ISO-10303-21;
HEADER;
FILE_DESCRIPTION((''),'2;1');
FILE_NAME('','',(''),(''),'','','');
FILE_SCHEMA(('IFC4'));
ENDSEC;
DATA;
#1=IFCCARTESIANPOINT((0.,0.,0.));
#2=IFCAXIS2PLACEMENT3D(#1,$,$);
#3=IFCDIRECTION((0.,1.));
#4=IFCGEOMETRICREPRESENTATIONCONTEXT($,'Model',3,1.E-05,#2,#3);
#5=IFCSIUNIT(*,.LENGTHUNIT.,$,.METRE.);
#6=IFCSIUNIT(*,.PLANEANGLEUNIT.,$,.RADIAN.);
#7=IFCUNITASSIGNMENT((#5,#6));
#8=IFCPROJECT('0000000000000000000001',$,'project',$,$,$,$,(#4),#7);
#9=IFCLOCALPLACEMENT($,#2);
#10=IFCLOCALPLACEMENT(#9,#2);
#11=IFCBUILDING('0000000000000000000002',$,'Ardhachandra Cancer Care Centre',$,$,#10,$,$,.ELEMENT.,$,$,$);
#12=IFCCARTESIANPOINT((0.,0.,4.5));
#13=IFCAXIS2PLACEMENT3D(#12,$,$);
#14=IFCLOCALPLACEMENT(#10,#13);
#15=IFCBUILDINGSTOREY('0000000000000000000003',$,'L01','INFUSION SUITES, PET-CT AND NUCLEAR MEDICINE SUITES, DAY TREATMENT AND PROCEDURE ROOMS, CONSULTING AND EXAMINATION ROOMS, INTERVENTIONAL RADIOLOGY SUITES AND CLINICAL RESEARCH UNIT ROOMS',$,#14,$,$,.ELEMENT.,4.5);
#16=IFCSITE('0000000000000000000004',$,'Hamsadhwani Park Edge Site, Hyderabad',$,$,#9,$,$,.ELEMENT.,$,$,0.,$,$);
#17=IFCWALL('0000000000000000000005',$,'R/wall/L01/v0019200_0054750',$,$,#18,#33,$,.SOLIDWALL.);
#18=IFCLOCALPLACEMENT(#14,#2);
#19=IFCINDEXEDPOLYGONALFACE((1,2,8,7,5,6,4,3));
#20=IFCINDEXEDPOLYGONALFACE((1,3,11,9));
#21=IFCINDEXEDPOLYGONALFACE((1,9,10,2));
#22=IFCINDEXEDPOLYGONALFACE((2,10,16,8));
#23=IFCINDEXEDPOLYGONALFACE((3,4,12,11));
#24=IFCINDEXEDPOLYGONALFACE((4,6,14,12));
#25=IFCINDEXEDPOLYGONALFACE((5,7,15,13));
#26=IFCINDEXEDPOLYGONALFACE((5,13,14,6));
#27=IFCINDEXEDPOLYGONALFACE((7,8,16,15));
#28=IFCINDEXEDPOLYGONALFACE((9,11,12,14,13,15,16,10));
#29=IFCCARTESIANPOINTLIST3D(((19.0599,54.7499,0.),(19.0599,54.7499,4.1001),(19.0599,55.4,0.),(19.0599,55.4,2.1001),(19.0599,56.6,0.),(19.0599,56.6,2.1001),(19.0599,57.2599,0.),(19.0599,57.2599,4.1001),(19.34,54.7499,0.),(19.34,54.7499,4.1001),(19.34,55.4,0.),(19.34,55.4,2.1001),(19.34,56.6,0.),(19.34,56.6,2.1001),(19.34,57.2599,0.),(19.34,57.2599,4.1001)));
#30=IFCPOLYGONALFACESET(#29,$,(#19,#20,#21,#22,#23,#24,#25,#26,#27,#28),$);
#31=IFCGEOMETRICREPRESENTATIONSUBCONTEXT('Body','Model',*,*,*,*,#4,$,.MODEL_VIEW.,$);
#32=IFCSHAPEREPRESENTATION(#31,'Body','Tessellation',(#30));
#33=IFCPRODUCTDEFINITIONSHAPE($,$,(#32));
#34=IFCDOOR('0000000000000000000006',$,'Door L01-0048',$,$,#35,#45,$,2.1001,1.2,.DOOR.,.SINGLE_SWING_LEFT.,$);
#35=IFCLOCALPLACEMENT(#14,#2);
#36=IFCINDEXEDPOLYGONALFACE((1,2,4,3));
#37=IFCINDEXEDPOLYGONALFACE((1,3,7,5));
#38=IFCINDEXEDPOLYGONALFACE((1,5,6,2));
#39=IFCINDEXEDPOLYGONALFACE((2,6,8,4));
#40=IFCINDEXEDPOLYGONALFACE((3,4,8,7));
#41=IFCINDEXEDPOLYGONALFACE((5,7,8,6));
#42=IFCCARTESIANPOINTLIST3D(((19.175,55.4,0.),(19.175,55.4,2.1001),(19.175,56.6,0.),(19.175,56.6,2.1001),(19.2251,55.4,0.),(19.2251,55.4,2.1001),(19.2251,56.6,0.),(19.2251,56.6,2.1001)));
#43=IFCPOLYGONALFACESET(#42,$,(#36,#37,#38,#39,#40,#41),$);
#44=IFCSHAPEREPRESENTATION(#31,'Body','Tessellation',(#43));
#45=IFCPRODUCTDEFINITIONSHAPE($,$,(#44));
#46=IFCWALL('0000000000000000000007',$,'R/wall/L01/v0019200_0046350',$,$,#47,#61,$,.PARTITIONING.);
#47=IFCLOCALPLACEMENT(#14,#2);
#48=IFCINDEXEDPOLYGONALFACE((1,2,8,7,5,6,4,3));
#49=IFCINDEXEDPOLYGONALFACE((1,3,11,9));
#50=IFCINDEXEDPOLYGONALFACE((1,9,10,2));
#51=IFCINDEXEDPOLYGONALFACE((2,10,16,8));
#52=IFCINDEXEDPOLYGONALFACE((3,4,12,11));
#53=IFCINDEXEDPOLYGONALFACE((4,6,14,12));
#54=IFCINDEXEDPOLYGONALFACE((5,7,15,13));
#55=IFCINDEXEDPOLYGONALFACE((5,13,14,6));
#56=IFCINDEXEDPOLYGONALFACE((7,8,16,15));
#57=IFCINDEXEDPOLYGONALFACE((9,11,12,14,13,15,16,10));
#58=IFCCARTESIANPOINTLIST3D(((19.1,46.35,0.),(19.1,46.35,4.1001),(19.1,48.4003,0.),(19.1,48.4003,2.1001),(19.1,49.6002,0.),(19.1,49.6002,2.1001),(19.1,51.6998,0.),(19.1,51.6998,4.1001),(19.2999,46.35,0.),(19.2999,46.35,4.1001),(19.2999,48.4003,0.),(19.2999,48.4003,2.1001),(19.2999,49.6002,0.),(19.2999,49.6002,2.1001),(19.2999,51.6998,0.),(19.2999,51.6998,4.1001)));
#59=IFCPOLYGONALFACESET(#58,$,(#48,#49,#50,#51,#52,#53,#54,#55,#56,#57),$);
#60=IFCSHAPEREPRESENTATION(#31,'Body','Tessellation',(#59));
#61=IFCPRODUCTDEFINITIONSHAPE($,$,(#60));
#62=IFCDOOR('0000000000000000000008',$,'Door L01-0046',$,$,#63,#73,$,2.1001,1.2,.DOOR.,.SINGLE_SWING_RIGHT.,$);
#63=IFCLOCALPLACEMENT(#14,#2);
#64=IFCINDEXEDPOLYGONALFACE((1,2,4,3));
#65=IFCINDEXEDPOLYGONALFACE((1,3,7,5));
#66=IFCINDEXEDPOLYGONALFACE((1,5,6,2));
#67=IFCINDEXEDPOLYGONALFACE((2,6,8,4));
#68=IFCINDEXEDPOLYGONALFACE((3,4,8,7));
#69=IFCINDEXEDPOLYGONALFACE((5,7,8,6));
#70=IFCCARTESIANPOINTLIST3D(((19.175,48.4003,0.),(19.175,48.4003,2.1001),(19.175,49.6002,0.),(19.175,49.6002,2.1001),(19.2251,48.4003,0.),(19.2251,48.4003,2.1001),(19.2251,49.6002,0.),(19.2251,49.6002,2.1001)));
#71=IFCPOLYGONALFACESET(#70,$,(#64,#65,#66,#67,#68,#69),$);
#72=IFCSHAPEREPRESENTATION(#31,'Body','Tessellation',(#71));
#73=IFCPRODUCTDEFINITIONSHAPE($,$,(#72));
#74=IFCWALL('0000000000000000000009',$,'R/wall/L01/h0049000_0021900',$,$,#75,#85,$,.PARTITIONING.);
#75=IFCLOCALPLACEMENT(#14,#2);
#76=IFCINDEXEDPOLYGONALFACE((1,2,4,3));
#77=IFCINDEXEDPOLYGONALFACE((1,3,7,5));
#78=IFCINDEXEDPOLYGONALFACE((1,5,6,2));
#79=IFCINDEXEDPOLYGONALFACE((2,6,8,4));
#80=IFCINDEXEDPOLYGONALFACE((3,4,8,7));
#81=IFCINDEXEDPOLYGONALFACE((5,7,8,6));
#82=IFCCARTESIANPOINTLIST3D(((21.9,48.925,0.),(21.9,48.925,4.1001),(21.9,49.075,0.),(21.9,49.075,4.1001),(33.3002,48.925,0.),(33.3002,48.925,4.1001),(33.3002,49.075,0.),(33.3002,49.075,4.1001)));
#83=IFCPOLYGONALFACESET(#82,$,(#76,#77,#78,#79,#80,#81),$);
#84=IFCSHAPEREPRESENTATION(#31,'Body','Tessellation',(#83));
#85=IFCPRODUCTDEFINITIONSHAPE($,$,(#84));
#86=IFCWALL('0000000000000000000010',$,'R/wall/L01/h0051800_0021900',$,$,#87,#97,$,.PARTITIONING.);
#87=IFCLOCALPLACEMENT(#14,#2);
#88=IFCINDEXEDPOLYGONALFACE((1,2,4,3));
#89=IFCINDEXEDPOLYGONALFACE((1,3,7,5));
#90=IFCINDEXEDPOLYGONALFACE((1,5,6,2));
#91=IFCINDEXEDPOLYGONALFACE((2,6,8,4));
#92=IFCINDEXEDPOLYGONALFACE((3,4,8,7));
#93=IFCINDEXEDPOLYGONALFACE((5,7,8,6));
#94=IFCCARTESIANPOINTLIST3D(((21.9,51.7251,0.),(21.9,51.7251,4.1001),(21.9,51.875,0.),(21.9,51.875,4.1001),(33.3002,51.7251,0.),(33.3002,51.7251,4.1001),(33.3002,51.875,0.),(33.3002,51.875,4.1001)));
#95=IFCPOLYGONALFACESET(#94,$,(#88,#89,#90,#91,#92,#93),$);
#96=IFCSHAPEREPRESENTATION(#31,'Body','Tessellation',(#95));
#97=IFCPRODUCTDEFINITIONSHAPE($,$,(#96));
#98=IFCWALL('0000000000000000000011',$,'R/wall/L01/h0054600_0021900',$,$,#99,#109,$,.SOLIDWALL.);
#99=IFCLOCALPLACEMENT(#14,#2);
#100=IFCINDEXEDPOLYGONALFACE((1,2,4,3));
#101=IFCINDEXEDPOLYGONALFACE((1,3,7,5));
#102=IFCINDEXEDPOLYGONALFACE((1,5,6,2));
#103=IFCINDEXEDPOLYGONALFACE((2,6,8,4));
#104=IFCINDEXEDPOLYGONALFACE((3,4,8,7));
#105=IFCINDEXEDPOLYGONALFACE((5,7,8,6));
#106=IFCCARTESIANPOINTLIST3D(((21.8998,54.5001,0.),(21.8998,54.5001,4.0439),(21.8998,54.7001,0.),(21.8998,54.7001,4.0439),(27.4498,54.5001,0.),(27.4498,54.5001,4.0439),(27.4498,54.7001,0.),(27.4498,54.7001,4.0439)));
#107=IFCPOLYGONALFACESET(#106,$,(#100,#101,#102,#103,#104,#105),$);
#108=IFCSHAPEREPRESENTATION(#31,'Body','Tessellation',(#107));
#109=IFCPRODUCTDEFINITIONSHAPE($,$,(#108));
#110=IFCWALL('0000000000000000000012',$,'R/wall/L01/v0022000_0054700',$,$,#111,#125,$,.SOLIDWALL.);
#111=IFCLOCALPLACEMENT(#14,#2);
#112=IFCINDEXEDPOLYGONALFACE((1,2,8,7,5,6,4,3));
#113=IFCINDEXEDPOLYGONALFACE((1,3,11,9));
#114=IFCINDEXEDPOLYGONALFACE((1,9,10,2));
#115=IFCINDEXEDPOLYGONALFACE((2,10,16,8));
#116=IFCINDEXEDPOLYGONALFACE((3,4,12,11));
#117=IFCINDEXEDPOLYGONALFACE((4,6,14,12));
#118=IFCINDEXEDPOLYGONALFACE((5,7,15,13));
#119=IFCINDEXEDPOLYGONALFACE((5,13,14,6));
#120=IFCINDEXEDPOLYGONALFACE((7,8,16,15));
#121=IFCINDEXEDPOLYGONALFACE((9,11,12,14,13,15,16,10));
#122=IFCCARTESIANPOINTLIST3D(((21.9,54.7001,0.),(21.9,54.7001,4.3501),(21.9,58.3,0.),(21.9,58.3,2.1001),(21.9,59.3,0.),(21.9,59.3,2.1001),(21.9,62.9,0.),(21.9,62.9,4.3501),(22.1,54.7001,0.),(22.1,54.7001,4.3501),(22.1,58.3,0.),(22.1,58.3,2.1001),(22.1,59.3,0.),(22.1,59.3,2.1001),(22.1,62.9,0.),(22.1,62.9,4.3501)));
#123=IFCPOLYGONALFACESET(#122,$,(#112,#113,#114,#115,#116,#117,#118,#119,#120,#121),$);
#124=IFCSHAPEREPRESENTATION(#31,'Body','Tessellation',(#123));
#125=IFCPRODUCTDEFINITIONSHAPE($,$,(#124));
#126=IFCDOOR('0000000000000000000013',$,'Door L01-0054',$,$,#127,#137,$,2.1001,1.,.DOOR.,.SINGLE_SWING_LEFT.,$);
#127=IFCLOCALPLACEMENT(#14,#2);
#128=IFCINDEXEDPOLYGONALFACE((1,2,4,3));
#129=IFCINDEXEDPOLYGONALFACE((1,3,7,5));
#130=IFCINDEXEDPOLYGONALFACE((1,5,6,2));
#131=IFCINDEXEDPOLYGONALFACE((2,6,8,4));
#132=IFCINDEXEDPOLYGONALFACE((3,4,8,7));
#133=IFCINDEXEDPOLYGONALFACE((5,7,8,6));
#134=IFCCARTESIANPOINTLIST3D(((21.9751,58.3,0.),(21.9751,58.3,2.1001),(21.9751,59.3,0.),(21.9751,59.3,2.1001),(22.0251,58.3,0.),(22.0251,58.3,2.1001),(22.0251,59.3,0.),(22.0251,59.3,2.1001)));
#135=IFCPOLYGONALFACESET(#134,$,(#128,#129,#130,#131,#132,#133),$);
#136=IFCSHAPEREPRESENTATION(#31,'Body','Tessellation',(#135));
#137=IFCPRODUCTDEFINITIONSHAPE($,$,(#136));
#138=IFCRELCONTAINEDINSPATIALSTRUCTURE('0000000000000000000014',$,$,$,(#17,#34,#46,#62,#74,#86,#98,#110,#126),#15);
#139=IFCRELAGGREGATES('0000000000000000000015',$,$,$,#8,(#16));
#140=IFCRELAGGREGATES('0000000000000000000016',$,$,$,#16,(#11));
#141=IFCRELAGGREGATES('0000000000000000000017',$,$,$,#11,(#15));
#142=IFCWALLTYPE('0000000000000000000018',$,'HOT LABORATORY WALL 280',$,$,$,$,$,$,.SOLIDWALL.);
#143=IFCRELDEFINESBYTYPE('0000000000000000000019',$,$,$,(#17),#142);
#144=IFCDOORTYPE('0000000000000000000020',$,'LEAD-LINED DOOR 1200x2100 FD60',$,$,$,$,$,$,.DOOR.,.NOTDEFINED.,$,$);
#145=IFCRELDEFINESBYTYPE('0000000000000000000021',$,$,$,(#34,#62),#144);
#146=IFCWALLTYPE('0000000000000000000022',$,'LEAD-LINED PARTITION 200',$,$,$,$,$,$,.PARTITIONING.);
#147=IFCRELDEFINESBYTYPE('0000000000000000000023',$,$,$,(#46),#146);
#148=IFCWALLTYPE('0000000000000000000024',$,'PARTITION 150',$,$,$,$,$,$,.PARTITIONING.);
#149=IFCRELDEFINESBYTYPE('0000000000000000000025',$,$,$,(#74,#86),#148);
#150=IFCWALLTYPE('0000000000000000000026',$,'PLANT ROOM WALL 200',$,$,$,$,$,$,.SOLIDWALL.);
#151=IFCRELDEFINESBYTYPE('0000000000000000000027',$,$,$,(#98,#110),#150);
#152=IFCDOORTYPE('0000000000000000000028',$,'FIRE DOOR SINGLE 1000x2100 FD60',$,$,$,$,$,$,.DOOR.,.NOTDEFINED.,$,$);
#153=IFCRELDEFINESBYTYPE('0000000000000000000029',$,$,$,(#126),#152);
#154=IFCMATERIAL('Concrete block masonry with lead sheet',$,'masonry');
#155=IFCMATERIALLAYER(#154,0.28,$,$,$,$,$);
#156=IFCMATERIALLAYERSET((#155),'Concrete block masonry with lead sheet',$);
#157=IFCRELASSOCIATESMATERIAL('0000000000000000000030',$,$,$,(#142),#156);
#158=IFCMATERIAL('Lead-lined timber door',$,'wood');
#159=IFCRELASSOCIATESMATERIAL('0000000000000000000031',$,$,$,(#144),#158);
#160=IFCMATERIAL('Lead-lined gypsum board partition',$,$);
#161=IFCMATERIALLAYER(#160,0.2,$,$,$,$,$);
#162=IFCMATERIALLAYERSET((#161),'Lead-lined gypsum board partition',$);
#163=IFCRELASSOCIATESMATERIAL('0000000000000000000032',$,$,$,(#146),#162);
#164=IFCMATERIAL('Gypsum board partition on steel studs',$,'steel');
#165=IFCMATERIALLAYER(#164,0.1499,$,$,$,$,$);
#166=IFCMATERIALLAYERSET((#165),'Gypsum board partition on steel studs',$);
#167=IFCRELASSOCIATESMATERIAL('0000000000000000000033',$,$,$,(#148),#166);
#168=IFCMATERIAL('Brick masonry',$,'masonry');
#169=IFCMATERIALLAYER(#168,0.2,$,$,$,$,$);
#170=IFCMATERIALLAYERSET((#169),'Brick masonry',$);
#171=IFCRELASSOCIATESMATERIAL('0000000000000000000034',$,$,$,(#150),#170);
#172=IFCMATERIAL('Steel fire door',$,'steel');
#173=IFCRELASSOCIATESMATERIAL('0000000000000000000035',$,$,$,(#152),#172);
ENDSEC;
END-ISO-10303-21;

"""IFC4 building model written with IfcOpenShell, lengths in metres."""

from ifc_helpers import new_model, si_unit, direction, frame, frame_2d, origin, place, context, subcontext, project, spatial, rectangle, extrude, material, layer, layer_set, type_object, element, fill, save


model = new_model("IFC4")

# Units and contexts
model_context = context("Model", 3, precision=1e-05, world=origin(), true_north=direction((0.0, 1.0)))
body_context = subcontext(model_context, "Body", "Model", "MODEL_VIEW")
ifc_project = project(units=[si_unit("LENGTHUNIT", "METRE"), si_unit("PLANEANGLEUNIT", "RADIAN")], contexts=[model_context])

# Site, building, storey
site_placement = place(None, origin())
site = spatial("IfcSite", under=ifc_project, at=site_placement, Name="Hamsadhwani Park Edge Site, Hyderabad", CompositionType="ELEMENT", RefElevation=0.0)
building_placement = place(site_placement, origin())
building = spatial("IfcBuilding", under=site, at=building_placement, Name="Ardhachandra Cancer Care Centre", CompositionType="ELEMENT")
storey_placement = place(building_placement, frame((0.0, 0.0, 4.5)))
storey = spatial("IfcBuildingStorey", under=building, at=storey_placement, Name="L01", Description="INFUSION SUITES, PET-CT AND NUCLEAR MEDICINE SUITES, DAY TREATMENT AND PROCEDURE ROOMS, CONSULTING AND EXAMINATION ROOMS, INTERVENTIONAL RADIOLOGY SUITES AND CLINICAL RESEARCH UNIT ROOMS", CompositionType="ELEMENT", Elevation=4.5)

# Walls, openings, doors
ifc_material_1 = material(Name="Concrete block masonry with lead sheet", Category="masonry")
ifc_layer_1 = layer(ifc_material_1, 0.28)
ifc_layer_set_1 = layer_set([ifc_layer_1], Name="Concrete block masonry with lead sheet")
wall_type_1 = type_object("IfcWallType", Name="HOT LABORATORY WALL 280", PredefinedType="SOLIDWALL", material=ifc_layer_set_1)
wall_1_placement = place(storey_placement, frame((19.2, 54.75, 0.0), z_axis=(0.0, 0.0, 1.0), x_axis=(0.0, 1.0, 0.0)))
wall_1 = element("IfcWall", 1, at=wall_1_placement, inside=storey, type_object=wall_type_1, Name="R/wall/L01/v0019200_0054750", PredefinedType="SOLIDWALL", context=body_context, shape_type="SweptSolid", body=[
    extrude(rectangle(XDim=2.51, YDim=0.28, at=frame_2d((1.2549, 0.0))), origin(), (0.0, 0.0, 1.0), 4.1001),
])
opening_1_placement = place(wall_1_placement, frame((0.6499, 0.0, 0.0)))
opening_1 = element("IfcOpeningElement", 2, at=opening_1_placement, cuts=wall_1, PredefinedType="OPENING", context=body_context, shape_type="SweptSolid", body=[
    extrude(rectangle(XDim=1.2, YDim=2.1001, at=frame_2d((0.6001, 1.05))), frame((0.0, 0.1499, 0.0), z_axis=(0.0, -1.0, 0.0), x_axis=(1.0, 0.0, 0.0)), (0.0, 0.0, 1.0), 0.3),
])
ifc_material_2 = material(Name="Lead-lined timber door", Category="wood")
door_type_1 = type_object("IfcDoorType", Name="LEAD-LINED DOOR 1200x2100 FD60", OperationType="NOTDEFINED", PredefinedType="DOOR", material=ifc_material_2)
door_1_placement = place(opening_1_placement, origin())
door_1 = element("IfcDoor", 3, at=door_1_placement, inside=storey, type_object=door_type_1, Name="Door L01-0048", OperationType="SINGLE_SWING_LEFT", OverallHeight=2.1001, OverallWidth=1.2, PredefinedType="DOOR", context=body_context, shape_type="SweptSolid", body=[
    extrude(rectangle(XDim=1.2, YDim=2.1001, at=frame_2d((0.6001, 1.05))), frame((0.0, 0.0249, 0.0), z_axis=(0.0, -1.0, 0.0), x_axis=(1.0, 0.0, 0.0)), (0.0, 0.0, 1.0), 0.05),
])
fill(opening_1, door_1)
ifc_material_3 = material(Name="Lead-lined gypsum board partition")
ifc_layer_2 = layer(ifc_material_3, 0.2)
ifc_layer_set_2 = layer_set([ifc_layer_2], Name="Lead-lined gypsum board partition")
wall_type_2 = type_object("IfcWallType", Name="LEAD-LINED PARTITION 200", PredefinedType="PARTITIONING", material=ifc_layer_set_2)
wall_2_placement = place(storey_placement, frame((19.2, 46.3501, 0.0), z_axis=(0.0, 0.0, 1.0), x_axis=(0.0, 1.0, 0.0)))
wall_2 = element("IfcWall", 4, at=wall_2_placement, inside=storey, type_object=wall_type_2, Name="R/wall/L01/v0019200_0046350", PredefinedType="PARTITIONING", context=body_context, shape_type="SweptSolid", body=[
    extrude(rectangle(XDim=5.3499, YDim=0.2, at=frame_2d((2.6748, 0.0))), origin(), (0.0, 0.0, 1.0), 4.1001),
])
opening_2_placement = place(wall_2_placement, frame((2.05, 0.0, 0.0)))
opening_2 = element("IfcOpeningElement", 5, at=opening_2_placement, cuts=wall_2, PredefinedType="OPENING", context=body_context, shape_type="SweptSolid", body=[
    extrude(rectangle(XDim=1.2, YDim=2.1001, at=frame_2d((0.6001, 1.05))), frame((0.0, 0.1099, 0.0), z_axis=(0.0, -1.0, 0.0), x_axis=(1.0, 0.0, 0.0)), (0.0, 0.0, 1.0), 0.22),
])
door_2_placement = place(opening_2_placement, origin())
door_2 = element("IfcDoor", 6, at=door_2_placement, inside=storey, type_object=door_type_1, Name="Door L01-0046", OperationType="SINGLE_SWING_RIGHT", OverallHeight=2.1001, OverallWidth=1.2, PredefinedType="DOOR", context=body_context, shape_type="SweptSolid", body=[
    extrude(rectangle(XDim=1.2, YDim=2.1001, at=frame_2d((0.6001, 1.05))), frame((0.0, 0.0249, 0.0), z_axis=(0.0, -1.0, 0.0), x_axis=(1.0, 0.0, 0.0)), (0.0, 0.0, 1.0), 0.05),
])
fill(opening_2, door_2)

# Walls
ifc_material_4 = material(Name="Gypsum board partition on steel studs", Category="steel")
ifc_layer_3 = layer(ifc_material_4, 0.1499)
ifc_layer_set_3 = layer_set([ifc_layer_3], Name="Gypsum board partition on steel studs")
wall_type_3 = type_object("IfcWallType", Name="PARTITION 150", PredefinedType="PARTITIONING", material=ifc_layer_set_3)
for number, where, z_axis, x_axis, name in (
    (7, (21.8999, 49.0, 0.0), (0.0, 0.0, 1.0), (1.0, 0.0, 0.0), "R/wall/L01/h0049000_0021900"),
    (8, (21.8999, 51.8, 0.0), (0.0, 0.0, 1.0), (1.0, 0.0, 0.0), "R/wall/L01/h0051800_0021900"),
):
    element("IfcWall", number, at=place(storey_placement, frame(where, z_axis=z_axis, x_axis=x_axis)), inside=storey, type_object=wall_type_3, Name=name, PredefinedType="PARTITIONING", context=body_context, shape_type="SweptSolid", body=[
        extrude(rectangle(XDim=11.4001, YDim=0.1499, at=frame_2d((5.7002, 0.0))), origin(), (0.0, 0.0, 1.0), 4.1001),
    ])
ifc_material_5 = material(Name="Brick masonry", Category="masonry")
ifc_layer_4 = layer(ifc_material_5, 0.2)
ifc_layer_set_4 = layer_set([ifc_layer_4], Name="Brick masonry")
wall_type_4 = type_object("IfcWallType", Name="PLANT ROOM WALL 200", PredefinedType="SOLIDWALL", material=ifc_layer_set_4)
wall_3_placement = place(storey_placement, frame((21.8999, 54.6001, 0.0), z_axis=(0.0, 0.0, 1.0), x_axis=(1.0, 0.0, 0.0)))
element("IfcWall", 9, at=wall_3_placement, inside=storey, type_object=wall_type_4, Name="R/wall/L01/h0054600_0021900", PredefinedType="SOLIDWALL", context=body_context, shape_type="SweptSolid", body=[
    extrude(rectangle(XDim=5.55, YDim=0.2, at=frame_2d((2.7749, 0.0))), origin(), (0.0, 0.0, 1.0), 4.0439),
])

# Wall, opening, door
wall_4_placement = place(storey_placement, frame((22.0, 54.7, 0.0), z_axis=(0.0, 0.0, 1.0), x_axis=(0.0, 1.0, 0.0)))
wall_4 = element("IfcWall", 10, at=wall_4_placement, inside=storey, type_object=wall_type_4, Name="R/wall/L01/v0022000_0054700", PredefinedType="SOLIDWALL", context=body_context, shape_type="SweptSolid", body=[
    extrude(rectangle(XDim=8.2, YDim=0.2, at=frame_2d((4.1001, 0.0))), origin(), (0.0, 0.0, 1.0), 4.3501),
])
opening_3_placement = place(wall_4_placement, frame((3.6001, 0.0, 0.0)))
opening_3 = element("IfcOpeningElement", 11, at=opening_3_placement, cuts=wall_4, PredefinedType="OPENING", context=body_context, shape_type="SweptSolid", body=[
    extrude(rectangle(XDim=1.0, YDim=2.1001, at=frame_2d((0.5, 1.05))), frame((0.0, 0.1099, 0.0), z_axis=(0.0, -1.0, 0.0), x_axis=(1.0, 0.0, 0.0)), (0.0, 0.0, 1.0), 0.22),
])
ifc_material_6 = material(Name="Steel fire door", Category="steel")
door_type_2 = type_object("IfcDoorType", Name="FIRE DOOR SINGLE 1000x2100 FD60", OperationType="NOTDEFINED", PredefinedType="DOOR", material=ifc_material_6)
door_3_placement = place(opening_3_placement, origin())
door_3 = element("IfcDoor", 12, at=door_3_placement, inside=storey, type_object=door_type_2, Name="Door L01-0054", OperationType="SINGLE_SWING_LEFT", OverallHeight=2.1001, OverallWidth=1.0, PredefinedType="DOOR", context=body_context, shape_type="SweptSolid", body=[
    extrude(rectangle(XDim=1.0, YDim=2.1001, at=frame_2d((0.5, 1.05))), frame((0.0, 0.0249, 0.0), z_axis=(0.0, -1.0, 0.0), x_axis=(1.0, 0.0, 0.0)), (0.0, 0.0, 1.0), 0.05),
])
fill(opening_3, door_3)

save(model, "model.ifc")
